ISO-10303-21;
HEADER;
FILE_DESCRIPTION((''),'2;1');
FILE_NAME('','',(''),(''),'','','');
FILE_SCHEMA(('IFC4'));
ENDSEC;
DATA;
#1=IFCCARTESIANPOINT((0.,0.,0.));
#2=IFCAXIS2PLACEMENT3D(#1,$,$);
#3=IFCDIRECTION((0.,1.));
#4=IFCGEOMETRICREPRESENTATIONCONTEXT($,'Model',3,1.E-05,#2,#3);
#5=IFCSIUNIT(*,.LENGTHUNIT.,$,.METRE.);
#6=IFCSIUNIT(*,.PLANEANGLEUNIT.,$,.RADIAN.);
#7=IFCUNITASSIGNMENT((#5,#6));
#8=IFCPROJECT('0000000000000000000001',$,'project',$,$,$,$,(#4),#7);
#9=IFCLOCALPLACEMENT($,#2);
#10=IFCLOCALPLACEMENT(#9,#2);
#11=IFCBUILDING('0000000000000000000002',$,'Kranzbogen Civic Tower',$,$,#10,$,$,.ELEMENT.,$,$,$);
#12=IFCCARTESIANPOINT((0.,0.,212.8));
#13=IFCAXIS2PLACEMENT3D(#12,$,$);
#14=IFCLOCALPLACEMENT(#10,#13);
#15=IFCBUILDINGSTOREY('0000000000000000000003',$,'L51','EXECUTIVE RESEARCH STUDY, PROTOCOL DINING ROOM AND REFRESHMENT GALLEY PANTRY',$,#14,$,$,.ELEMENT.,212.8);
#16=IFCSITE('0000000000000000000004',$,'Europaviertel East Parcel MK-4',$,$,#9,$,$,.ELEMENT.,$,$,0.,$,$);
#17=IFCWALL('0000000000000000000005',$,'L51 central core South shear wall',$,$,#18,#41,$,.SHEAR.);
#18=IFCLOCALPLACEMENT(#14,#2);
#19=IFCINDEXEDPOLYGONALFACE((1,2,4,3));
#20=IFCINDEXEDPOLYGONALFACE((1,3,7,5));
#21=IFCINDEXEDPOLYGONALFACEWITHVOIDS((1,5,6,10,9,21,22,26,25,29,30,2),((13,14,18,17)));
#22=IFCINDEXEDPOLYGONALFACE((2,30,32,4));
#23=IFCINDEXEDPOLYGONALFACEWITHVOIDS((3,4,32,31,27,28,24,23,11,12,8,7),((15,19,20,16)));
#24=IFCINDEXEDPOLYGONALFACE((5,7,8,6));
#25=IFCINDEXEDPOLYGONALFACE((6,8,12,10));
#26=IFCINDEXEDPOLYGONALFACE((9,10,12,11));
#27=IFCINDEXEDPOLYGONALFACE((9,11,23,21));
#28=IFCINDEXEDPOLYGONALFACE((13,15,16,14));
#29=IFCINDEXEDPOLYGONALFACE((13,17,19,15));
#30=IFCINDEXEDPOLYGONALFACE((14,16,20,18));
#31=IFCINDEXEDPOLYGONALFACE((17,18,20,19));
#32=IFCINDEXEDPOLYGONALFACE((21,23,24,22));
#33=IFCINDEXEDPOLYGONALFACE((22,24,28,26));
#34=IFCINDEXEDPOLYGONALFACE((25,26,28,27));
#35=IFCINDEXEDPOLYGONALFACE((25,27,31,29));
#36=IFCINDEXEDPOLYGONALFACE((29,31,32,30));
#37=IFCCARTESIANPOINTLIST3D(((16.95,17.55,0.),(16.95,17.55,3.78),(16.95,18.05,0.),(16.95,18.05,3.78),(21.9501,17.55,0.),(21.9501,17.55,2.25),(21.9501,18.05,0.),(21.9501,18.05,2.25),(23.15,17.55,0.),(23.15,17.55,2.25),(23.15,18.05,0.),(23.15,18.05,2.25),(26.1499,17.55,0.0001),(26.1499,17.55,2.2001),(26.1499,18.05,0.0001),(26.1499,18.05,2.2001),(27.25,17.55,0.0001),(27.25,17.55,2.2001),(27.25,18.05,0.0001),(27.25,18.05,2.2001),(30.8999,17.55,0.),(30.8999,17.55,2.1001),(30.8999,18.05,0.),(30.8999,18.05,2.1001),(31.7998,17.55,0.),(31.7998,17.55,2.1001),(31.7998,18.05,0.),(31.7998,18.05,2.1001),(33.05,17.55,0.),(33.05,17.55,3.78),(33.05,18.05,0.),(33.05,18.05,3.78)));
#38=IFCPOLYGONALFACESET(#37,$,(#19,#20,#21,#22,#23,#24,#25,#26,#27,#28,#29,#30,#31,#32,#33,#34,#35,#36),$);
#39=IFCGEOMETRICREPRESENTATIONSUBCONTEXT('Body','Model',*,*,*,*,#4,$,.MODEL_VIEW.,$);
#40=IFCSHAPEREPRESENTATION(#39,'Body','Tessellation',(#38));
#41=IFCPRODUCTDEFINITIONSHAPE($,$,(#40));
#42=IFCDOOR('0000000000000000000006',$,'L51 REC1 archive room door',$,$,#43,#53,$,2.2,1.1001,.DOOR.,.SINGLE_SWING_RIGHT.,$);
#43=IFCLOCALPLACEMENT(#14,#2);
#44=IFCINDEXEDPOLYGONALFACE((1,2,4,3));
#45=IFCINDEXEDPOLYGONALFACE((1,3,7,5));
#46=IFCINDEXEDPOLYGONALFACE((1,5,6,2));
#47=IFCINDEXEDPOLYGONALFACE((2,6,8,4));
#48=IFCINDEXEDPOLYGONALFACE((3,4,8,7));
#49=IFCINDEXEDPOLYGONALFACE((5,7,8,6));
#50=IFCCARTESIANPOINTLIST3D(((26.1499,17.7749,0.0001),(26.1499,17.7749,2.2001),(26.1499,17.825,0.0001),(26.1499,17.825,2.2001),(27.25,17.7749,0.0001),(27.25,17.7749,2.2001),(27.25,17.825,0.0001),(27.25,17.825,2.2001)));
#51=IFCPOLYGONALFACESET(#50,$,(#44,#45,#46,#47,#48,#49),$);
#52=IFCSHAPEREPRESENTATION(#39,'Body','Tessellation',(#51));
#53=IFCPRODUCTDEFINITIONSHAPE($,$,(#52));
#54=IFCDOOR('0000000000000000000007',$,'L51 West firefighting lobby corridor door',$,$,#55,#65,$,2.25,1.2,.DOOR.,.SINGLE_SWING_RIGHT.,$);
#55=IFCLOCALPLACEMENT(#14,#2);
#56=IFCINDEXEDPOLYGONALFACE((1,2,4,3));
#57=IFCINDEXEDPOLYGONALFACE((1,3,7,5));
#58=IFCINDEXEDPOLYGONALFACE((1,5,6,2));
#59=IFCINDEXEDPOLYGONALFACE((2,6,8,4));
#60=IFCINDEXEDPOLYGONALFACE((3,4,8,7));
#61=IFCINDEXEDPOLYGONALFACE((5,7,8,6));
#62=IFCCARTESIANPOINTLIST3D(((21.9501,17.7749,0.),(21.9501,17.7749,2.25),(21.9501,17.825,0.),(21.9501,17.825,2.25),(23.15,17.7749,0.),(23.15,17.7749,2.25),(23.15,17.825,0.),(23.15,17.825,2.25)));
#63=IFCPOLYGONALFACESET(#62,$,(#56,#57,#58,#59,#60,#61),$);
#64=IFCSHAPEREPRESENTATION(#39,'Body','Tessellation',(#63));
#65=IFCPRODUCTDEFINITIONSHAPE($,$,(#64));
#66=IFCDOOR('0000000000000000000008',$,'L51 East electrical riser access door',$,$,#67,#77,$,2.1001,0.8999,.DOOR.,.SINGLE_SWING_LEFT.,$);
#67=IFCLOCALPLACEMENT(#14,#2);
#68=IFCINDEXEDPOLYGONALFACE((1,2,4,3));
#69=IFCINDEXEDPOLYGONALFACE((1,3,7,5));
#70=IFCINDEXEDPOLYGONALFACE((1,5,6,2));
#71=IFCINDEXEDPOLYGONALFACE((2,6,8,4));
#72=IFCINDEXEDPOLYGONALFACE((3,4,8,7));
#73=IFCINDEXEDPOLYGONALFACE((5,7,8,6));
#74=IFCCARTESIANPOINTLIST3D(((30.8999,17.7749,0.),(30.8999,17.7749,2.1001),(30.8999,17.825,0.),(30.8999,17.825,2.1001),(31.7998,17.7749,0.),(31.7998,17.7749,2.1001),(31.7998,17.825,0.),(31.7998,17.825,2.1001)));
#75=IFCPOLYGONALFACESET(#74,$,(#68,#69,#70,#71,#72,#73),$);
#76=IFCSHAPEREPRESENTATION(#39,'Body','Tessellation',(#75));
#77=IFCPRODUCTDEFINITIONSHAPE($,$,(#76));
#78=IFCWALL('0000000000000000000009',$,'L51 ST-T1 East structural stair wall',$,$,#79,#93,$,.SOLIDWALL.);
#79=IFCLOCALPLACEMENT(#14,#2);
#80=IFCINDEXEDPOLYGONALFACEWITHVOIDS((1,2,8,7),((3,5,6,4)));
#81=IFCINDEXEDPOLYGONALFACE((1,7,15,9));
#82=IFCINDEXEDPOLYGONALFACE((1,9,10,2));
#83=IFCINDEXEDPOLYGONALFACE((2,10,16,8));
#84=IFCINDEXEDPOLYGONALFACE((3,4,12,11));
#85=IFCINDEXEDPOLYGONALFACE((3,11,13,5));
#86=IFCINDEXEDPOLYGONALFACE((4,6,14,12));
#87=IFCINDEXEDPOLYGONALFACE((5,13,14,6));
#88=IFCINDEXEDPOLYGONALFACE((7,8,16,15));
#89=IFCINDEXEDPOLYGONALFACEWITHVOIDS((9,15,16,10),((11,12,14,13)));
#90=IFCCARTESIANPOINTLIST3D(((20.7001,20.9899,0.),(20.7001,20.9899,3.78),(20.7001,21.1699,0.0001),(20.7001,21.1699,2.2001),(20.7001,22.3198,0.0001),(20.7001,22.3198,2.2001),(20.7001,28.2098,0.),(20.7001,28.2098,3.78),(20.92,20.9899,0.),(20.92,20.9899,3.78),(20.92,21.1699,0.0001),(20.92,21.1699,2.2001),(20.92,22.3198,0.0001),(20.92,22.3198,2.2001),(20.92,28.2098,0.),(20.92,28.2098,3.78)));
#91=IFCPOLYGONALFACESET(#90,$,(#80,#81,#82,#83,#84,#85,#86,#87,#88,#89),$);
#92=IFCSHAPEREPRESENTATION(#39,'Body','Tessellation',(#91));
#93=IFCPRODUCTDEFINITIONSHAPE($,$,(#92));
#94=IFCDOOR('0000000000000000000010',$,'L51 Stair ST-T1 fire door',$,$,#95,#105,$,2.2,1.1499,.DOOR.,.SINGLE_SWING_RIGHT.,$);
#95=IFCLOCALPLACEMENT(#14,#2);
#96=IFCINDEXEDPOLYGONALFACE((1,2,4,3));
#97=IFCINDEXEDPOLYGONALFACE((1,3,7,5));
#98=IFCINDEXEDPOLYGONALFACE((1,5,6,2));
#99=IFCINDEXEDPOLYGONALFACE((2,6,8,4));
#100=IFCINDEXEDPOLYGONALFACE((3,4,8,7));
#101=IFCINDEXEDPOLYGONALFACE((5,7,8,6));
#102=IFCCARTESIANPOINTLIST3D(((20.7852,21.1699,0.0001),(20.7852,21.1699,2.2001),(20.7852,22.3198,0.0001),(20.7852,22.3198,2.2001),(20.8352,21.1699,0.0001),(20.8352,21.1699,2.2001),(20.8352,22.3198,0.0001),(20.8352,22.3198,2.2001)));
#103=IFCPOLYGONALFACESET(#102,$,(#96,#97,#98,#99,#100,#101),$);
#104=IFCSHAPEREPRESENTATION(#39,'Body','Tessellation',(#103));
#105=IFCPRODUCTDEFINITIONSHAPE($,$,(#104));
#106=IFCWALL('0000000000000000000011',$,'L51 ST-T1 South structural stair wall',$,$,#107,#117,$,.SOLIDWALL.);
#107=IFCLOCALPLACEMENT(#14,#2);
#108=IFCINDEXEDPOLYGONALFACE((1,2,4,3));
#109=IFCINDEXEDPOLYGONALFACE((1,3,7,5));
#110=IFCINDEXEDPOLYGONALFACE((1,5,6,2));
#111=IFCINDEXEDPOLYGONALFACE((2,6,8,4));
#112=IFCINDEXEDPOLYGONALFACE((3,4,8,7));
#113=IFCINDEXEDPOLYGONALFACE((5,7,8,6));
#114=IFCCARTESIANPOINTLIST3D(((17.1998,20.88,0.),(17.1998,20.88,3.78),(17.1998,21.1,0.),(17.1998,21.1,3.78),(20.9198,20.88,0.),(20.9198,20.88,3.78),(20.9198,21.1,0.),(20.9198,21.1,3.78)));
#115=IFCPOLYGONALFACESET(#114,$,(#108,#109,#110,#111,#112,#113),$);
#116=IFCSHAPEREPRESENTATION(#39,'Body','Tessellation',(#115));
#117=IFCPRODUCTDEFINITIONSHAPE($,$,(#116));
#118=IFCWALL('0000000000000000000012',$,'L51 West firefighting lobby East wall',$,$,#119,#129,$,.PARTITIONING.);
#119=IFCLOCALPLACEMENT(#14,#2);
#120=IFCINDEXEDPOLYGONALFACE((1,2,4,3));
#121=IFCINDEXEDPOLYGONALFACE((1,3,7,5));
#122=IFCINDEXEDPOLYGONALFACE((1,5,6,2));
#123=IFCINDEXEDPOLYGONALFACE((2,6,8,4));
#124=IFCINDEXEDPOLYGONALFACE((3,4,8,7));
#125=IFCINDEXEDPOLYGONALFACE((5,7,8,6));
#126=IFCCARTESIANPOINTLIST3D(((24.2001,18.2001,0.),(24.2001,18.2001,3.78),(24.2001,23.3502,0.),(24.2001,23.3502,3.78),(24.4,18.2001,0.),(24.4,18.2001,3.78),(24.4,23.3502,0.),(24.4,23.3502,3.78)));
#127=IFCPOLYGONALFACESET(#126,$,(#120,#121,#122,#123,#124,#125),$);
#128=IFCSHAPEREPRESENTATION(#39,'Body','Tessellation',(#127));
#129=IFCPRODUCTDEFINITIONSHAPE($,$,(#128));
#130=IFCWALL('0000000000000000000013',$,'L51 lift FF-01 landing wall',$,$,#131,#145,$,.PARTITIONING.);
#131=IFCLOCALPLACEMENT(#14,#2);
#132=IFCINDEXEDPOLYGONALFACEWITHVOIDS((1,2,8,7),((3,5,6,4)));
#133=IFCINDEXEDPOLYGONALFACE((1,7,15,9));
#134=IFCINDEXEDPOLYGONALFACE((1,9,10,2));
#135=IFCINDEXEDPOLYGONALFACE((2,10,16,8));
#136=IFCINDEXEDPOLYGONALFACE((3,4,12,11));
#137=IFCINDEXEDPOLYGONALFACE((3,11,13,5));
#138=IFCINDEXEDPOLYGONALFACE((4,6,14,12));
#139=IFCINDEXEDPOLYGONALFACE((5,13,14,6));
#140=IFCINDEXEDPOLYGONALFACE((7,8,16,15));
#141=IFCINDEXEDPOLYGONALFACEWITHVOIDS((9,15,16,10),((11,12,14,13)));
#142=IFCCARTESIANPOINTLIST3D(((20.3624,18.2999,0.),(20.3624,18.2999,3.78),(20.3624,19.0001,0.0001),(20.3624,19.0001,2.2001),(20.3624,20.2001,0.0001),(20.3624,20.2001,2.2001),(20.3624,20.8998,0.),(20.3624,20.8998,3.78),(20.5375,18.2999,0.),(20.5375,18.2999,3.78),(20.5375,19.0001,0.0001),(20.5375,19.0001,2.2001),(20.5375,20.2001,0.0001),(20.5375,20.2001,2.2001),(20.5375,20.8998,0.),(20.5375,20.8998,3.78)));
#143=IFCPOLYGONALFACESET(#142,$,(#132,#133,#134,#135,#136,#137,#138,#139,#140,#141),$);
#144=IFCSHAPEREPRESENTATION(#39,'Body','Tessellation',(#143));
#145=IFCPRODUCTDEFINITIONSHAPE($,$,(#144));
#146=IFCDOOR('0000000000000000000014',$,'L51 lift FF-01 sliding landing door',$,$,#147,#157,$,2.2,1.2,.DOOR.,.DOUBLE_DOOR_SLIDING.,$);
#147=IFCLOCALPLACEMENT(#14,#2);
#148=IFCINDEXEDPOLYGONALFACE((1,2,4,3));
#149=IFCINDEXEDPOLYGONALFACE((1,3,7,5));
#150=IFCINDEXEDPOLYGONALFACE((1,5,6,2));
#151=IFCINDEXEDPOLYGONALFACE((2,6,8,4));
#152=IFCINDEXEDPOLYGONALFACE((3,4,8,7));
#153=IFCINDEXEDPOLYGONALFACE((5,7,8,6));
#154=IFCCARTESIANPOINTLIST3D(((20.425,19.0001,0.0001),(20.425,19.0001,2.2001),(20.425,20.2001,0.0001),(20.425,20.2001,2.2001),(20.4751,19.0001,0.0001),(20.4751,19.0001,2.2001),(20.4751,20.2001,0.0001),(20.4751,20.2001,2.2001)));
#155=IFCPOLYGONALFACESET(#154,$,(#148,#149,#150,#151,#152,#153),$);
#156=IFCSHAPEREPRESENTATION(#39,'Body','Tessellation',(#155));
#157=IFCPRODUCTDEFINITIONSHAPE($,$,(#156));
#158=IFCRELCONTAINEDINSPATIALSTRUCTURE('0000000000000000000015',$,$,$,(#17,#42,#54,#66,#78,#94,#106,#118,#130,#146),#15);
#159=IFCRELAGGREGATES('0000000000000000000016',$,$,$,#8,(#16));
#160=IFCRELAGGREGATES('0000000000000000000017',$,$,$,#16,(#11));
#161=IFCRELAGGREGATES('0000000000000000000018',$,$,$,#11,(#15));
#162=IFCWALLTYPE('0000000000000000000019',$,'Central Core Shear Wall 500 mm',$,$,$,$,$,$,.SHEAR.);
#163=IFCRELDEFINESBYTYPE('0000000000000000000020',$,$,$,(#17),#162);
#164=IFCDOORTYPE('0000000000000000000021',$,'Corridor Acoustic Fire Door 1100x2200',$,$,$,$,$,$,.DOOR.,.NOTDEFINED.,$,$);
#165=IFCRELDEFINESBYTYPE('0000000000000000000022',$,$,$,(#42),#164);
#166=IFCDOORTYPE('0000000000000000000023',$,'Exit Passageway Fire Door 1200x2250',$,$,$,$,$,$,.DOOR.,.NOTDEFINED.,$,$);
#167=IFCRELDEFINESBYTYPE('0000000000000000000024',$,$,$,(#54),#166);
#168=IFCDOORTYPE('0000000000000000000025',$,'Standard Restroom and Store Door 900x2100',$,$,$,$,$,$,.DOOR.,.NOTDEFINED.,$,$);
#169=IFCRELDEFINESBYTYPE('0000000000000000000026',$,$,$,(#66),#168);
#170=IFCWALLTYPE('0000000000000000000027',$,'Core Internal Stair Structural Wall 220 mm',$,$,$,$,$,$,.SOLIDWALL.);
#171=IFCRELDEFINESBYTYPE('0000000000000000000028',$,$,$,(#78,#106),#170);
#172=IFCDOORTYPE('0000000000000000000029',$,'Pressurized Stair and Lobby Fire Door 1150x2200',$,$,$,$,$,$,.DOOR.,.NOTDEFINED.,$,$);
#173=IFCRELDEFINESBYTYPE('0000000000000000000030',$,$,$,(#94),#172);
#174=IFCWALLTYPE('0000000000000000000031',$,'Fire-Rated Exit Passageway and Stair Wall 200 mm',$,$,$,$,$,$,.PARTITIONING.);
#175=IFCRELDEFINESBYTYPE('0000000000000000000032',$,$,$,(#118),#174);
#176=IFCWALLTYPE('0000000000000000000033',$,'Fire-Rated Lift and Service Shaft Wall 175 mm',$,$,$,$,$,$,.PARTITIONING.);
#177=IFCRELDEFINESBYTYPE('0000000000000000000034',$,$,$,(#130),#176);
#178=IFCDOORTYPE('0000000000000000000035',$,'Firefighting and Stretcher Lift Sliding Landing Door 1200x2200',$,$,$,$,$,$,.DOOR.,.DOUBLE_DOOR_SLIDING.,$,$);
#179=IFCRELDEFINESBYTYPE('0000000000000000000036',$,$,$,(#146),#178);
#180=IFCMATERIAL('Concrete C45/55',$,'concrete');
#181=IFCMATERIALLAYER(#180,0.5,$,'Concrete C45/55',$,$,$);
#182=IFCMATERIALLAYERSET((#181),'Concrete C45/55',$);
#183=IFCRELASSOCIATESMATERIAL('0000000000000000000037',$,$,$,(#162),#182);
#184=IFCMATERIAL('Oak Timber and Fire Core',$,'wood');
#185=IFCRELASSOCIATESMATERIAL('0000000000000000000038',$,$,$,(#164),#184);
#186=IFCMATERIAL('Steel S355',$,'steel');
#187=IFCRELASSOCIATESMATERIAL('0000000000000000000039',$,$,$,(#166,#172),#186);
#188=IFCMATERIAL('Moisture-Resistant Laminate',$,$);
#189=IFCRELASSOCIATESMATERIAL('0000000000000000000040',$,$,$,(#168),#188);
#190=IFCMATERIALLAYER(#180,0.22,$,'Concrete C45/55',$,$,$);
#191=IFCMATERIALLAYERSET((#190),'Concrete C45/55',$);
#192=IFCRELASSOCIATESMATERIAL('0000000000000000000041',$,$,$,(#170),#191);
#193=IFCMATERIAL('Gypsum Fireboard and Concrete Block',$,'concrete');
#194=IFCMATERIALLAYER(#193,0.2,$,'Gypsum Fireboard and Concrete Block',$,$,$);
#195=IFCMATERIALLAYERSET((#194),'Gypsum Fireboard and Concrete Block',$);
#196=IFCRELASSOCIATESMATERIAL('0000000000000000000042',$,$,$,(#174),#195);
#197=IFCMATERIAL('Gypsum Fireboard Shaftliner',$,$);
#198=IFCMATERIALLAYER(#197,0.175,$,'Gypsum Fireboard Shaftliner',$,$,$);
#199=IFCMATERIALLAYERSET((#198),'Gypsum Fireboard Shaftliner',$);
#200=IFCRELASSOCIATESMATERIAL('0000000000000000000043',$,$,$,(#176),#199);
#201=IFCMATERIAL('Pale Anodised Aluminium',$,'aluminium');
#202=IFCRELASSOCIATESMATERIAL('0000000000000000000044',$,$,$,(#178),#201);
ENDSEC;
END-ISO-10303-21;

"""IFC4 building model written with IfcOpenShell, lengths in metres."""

from ifc_helpers import new_model, si_unit, direction, frame, frame_2d, origin, place, context, subcontext, project, spatial, rectangle, extrude, material, layer, layer_set, type_object, element, fill, save


model = new_model("IFC4")

# Units and contexts
model_context = context("Model", 3, precision=1e-05, world=origin(), true_north=direction((0.0, 1.0)))
body_context = subcontext(model_context, "Body", "Model", "MODEL_VIEW")
ifc_project = project(units=[si_unit("LENGTHUNIT", "METRE"), si_unit("PLANEANGLEUNIT", "RADIAN")], contexts=[model_context])

# Site, building, storey
site_placement = place(None, origin())
site = spatial("IfcSite", under=ifc_project, at=site_placement, Name="Europaviertel East Parcel MK-4", CompositionType="ELEMENT", RefElevation=0.0)
building_placement = place(site_placement, origin())
building = spatial("IfcBuilding", under=site, at=building_placement, Name="Kranzbogen Civic Tower", CompositionType="ELEMENT")
storey_placement = place(building_placement, frame((0.0, 0.0, 212.8)))
storey = spatial("IfcBuildingStorey", under=building, at=storey_placement, Name="L51", Description="EXECUTIVE RESEARCH STUDY, PROTOCOL DINING ROOM AND REFRESHMENT GALLEY PANTRY", CompositionType="ELEMENT", Elevation=212.8)

# Shared definitions
ifc_material_1 = material(Name="Steel S355", Category="steel")

# Wall, openings, doors
ifc_material_2 = material(Name="Concrete C45/55", Category="concrete")
ifc_layer_1 = layer(ifc_material_2, 0.5, Name="Concrete C45/55")
ifc_layer_set_1 = layer_set([ifc_layer_1], Name="Concrete C45/55")
wall_type_1 = type_object("IfcWallType", Name="Central Core Shear Wall 500 mm", PredefinedType="SHEAR", material=ifc_layer_set_1)
wall_1_placement = place(storey_placement, frame((16.95, 17.8, 0.0), z_axis=(0.0, 0.0, 1.0), x_axis=(1.0, 0.0, 0.0)))
wall_1 = element("IfcWall", 1, at=wall_1_placement, inside=storey, type_object=wall_type_1, Name="L51 central core South shear wall", PredefinedType="SHEAR", context=body_context, shape_type="SweptSolid", body=[
    extrude(rectangle(XDim=16.1001, YDim=0.5, at=frame_2d((8.05, 0.0))), origin(), (0.0, 0.0, 1.0), 3.78),
])
opening_1_placement = place(wall_1_placement, frame((5.0, 0.0, 0.0)))
opening_1 = element("IfcOpeningElement", 2, at=opening_1_placement, cuts=wall_1, PredefinedType="OPENING", context=body_context, shape_type="SweptSolid", body=[
    extrude(rectangle(XDim=1.2, YDim=2.25, at=frame_2d((0.6001, 1.125))), frame((0.0, 0.26, 0.0), z_axis=(0.0, -1.0, 0.0), x_axis=(1.0, 0.0, 0.0)), (0.0, 0.0, 1.0), 0.52),
])
opening_2_placement = place(wall_1_placement, frame((13.95, 0.0, 0.0)))
opening_2 = element("IfcOpeningElement", 3, at=opening_2_placement, cuts=wall_1, PredefinedType="OPENING", context=body_context, shape_type="SweptSolid", body=[
    extrude(rectangle(XDim=0.8999, YDim=2.1001, at=frame_2d((0.45, 1.05))), frame((0.0, 0.26, 0.0), z_axis=(0.0, -1.0, 0.0), x_axis=(1.0, 0.0, 0.0)), (0.0, 0.0, 1.0), 0.52),
])
opening_3_placement = place(wall_1_placement, frame((9.2, 0.0, 0.0)))
opening_3 = element("IfcOpeningElement", 4, at=opening_3_placement, cuts=wall_1, PredefinedType="OPENING", context=body_context, shape_type="SweptSolid", body=[
    extrude(rectangle(XDim=1.1001, YDim=2.2, at=frame_2d((0.55, 1.1001))), frame((0.0, 0.26, 0.0), z_axis=(0.0, -1.0, 0.0), x_axis=(1.0, 0.0, 0.0)), (0.0, 0.0, 1.0), 0.52),
])
ifc_material_3 = material(Name="Oak Timber and Fire Core", Category="wood")
door_type_1 = type_object("IfcDoorType", Name="Corridor Acoustic Fire Door 1100x2200", OperationType="NOTDEFINED", PredefinedType="DOOR", material=ifc_material_3)
door_1_placement = place(opening_3_placement, origin())
door_1 = element("IfcDoor", 5, at=door_1_placement, inside=storey, type_object=door_type_1, Name="L51 REC1 archive room door", OperationType="SINGLE_SWING_RIGHT", OverallHeight=2.2, OverallWidth=1.1001, PredefinedType="DOOR", context=body_context, shape_type="SweptSolid", body=[
    extrude(rectangle(XDim=1.1001, YDim=2.2, at=frame_2d((0.55, 1.1001))), frame((0.0, 0.0249, 0.0), z_axis=(0.0, -1.0, 0.0), x_axis=(1.0, 0.0, 0.0)), (0.0, 0.0, 1.0), 0.05),
])
fill(opening_3, door_1)
door_type_2 = type_object("IfcDoorType", Name="Exit Passageway Fire Door 1200x2250", OperationType="NOTDEFINED", PredefinedType="DOOR", material=ifc_material_1)
door_2_placement = place(opening_1_placement, origin())
door_2 = element("IfcDoor", 6, at=door_2_placement, inside=storey, type_object=door_type_2, Name="L51 West firefighting lobby corridor door", OperationType="SINGLE_SWING_RIGHT", OverallHeight=2.25, OverallWidth=1.2, PredefinedType="DOOR", context=body_context, shape_type="SweptSolid", body=[
    extrude(rectangle(XDim=1.2, YDim=2.25, at=frame_2d((0.6001, 1.125))), frame((0.0, 0.0249, 0.0), z_axis=(0.0, -1.0, 0.0), x_axis=(1.0, 0.0, 0.0)), (0.0, 0.0, 1.0), 0.05),
])
fill(opening_1, door_2)
ifc_material_4 = material(Name="Moisture-Resistant Laminate")
door_type_3 = type_object("IfcDoorType", Name="Standard Restroom and Store Door 900x2100", OperationType="NOTDEFINED", PredefinedType="DOOR", material=ifc_material_4)
door_3_placement = place(opening_2_placement, origin())
door_3 = element("IfcDoor", 7, at=door_3_placement, inside=storey, type_object=door_type_3, Name="L51 East electrical riser access door", OperationType="SINGLE_SWING_LEFT", OverallHeight=2.1001, OverallWidth=0.8999, PredefinedType="DOOR", context=body_context, shape_type="SweptSolid", body=[
    extrude(rectangle(XDim=0.8999, YDim=2.1001, at=frame_2d((0.45, 1.05))), frame((0.0, 0.0249, 0.0), z_axis=(0.0, -1.0, 0.0), x_axis=(1.0, 0.0, 0.0)), (0.0, 0.0, 1.0), 0.05),
])
fill(opening_2, door_3)

# Wall, opening, door
ifc_layer_2 = layer(ifc_material_2, 0.22, Name="Concrete C45/55")
ifc_layer_set_2 = layer_set([ifc_layer_2], Name="Concrete C45/55")
wall_type_2 = type_object("IfcWallType", Name="Core Internal Stair Structural Wall 220 mm", PredefinedType="SOLIDWALL", material=ifc_layer_set_2)
wall_2_placement = place(storey_placement, frame((20.8101, 20.99, 0.0), z_axis=(0.0, 0.0, 1.0), x_axis=(0.0, 1.0, 0.0)))
wall_2 = element("IfcWall", 8, at=wall_2_placement, inside=storey, type_object=wall_type_2, Name="L51 ST-T1 East structural stair wall", PredefinedType="SOLIDWALL", context=body_context, shape_type="SweptSolid", body=[
    extrude(rectangle(XDim=7.22, YDim=0.22, at=frame_2d((3.6099, 0.0))), origin(), (0.0, 0.0, 1.0), 3.78),
])
opening_4_placement = place(wall_2_placement, frame((0.1799, 0.0, 0.0)))
opening_4 = element("IfcOpeningElement", 9, at=opening_4_placement, cuts=wall_2, PredefinedType="OPENING", context=body_context, shape_type="SweptSolid", body=[
    extrude(rectangle(XDim=1.1499, YDim=2.2, at=frame_2d((0.575, 1.1001))), frame((0.0, 0.1201, 0.0), z_axis=(0.0, -1.0, 0.0), x_axis=(1.0, 0.0, 0.0)), (0.0, 0.0, 1.0), 0.24),
])
door_type_4 = type_object("IfcDoorType", Name="Pressurized Stair and Lobby Fire Door 1150x2200", OperationType="NOTDEFINED", PredefinedType="DOOR", material=ifc_material_1)
door_4_placement = place(opening_4_placement, origin())
door_4 = element("IfcDoor", 10, at=door_4_placement, inside=storey, type_object=door_type_4, Name="L51 Stair ST-T1 fire door", OperationType="SINGLE_SWING_RIGHT", OverallHeight=2.2, OverallWidth=1.1499, PredefinedType="DOOR", context=body_context, shape_type="SweptSolid", body=[
    extrude(rectangle(XDim=1.1499, YDim=2.2, at=frame_2d((0.575, 1.1001))), frame((0.0, 0.0249, 0.0), z_axis=(0.0, -1.0, 0.0), x_axis=(1.0, 0.0, 0.0)), (0.0, 0.0, 1.0), 0.05),
])
fill(opening_4, door_4)

# Walls
wall_3_placement = place(storey_placement, frame((17.2, 20.99, 0.0), z_axis=(0.0, 0.0, 1.0), x_axis=(1.0, 0.0, 0.0)))
element("IfcWall", 11, at=wall_3_placement, inside=storey, type_object=wall_type_2, Name="L51 ST-T1 South structural stair wall", PredefinedType="SOLIDWALL", context=body_context, shape_type="SweptSolid", body=[
    extrude(rectangle(XDim=3.72, YDim=0.22, at=frame_2d((1.8599, 0.0))), origin(), (0.0, 0.0, 1.0), 3.78),
])
ifc_material_5 = material(Name="Gypsum Fireboard and Concrete Block", Category="concrete")
ifc_layer_3 = layer(ifc_material_5, 0.2, Name="Gypsum Fireboard and Concrete Block")
ifc_layer_set_3 = layer_set([ifc_layer_3], Name="Gypsum Fireboard and Concrete Block")
wall_type_3 = type_object("IfcWallType", Name="Fire-Rated Exit Passageway and Stair Wall 200 mm", PredefinedType="PARTITIONING", material=ifc_layer_set_3)
wall_4_placement = place(storey_placement, frame((24.3, 18.2, 0.0), z_axis=(0.0, 0.0, 1.0), x_axis=(0.0, 1.0, 0.0)))
element("IfcWall", 12, at=wall_4_placement, inside=storey, type_object=wall_type_3, Name="L51 West firefighting lobby East wall", PredefinedType="PARTITIONING", context=body_context, shape_type="SweptSolid", body=[
    extrude(rectangle(XDim=5.1501, YDim=0.2, at=frame_2d((2.5752, 0.0))), origin(), (0.0, 0.0, 1.0), 3.78),
])

# Wall, opening, door
ifc_material_6 = material(Name="Gypsum Fireboard Shaftliner")
ifc_layer_4 = layer(ifc_material_6, 0.175, Name="Gypsum Fireboard Shaftliner")
ifc_layer_set_4 = layer_set([ifc_layer_4], Name="Gypsum Fireboard Shaftliner")
wall_type_4 = type_object("IfcWallType", Name="Fire-Rated Lift and Service Shaft Wall 175 mm", PredefinedType="PARTITIONING", material=ifc_layer_set_4)
wall_5_placement = place(storey_placement, frame((20.45, 18.3, 0.0), z_axis=(0.0, 0.0, 1.0), x_axis=(0.0, 1.0, 0.0)))
wall_5 = element("IfcWall", 13, at=wall_5_placement, inside=storey, type_object=wall_type_4, Name="L51 lift FF-01 landing wall", PredefinedType="PARTITIONING", context=body_context, shape_type="SweptSolid", body=[
    extrude(rectangle(XDim=2.5999, YDim=0.175, at=frame_2d((1.2998, 0.0))), origin(), (0.0, 0.0, 1.0), 3.78),
])
opening_5_placement = place(wall_5_placement, frame((0.7, 0.0, 0.0)))
opening_5 = element("IfcOpeningElement", 14, at=opening_5_placement, cuts=wall_5, PredefinedType="OPENING", context=body_context, shape_type="SweptSolid", body=[
    extrude(rectangle(XDim=1.2, YDim=2.2, at=frame_2d((0.6001, 1.1001))), frame((0.0, 0.0977, 0.0), z_axis=(0.0, -1.0, 0.0), x_axis=(1.0, 0.0, 0.0)), (0.0, 0.0, 1.0), 0.1951),
])
ifc_material_7 = material(Name="Pale Anodised Aluminium", Category="aluminium")
door_type_5 = type_object("IfcDoorType", Name="Firefighting and Stretcher Lift Sliding Landing Door 1200x2200", OperationType="DOUBLE_DOOR_SLIDING", PredefinedType="DOOR", material=ifc_material_7)
door_5_placement = place(opening_5_placement, origin())
door_5 = element("IfcDoor", 15, at=door_5_placement, inside=storey, type_object=door_type_5, Name="L51 lift FF-01 sliding landing door", OperationType="DOUBLE_DOOR_SLIDING", OverallHeight=2.2, OverallWidth=1.2, PredefinedType="DOOR", context=body_context, shape_type="SweptSolid", body=[
    extrude(rectangle(XDim=1.2, YDim=2.2, at=frame_2d((0.6001, 1.1001))), frame((0.0, 0.0249, 0.0), z_axis=(0.0, -1.0, 0.0), x_axis=(1.0, 0.0, 0.0)), (0.0, 0.0, 1.0), 0.05),
])
fill(opening_5, door_5)

save(model, "model.ifc")
